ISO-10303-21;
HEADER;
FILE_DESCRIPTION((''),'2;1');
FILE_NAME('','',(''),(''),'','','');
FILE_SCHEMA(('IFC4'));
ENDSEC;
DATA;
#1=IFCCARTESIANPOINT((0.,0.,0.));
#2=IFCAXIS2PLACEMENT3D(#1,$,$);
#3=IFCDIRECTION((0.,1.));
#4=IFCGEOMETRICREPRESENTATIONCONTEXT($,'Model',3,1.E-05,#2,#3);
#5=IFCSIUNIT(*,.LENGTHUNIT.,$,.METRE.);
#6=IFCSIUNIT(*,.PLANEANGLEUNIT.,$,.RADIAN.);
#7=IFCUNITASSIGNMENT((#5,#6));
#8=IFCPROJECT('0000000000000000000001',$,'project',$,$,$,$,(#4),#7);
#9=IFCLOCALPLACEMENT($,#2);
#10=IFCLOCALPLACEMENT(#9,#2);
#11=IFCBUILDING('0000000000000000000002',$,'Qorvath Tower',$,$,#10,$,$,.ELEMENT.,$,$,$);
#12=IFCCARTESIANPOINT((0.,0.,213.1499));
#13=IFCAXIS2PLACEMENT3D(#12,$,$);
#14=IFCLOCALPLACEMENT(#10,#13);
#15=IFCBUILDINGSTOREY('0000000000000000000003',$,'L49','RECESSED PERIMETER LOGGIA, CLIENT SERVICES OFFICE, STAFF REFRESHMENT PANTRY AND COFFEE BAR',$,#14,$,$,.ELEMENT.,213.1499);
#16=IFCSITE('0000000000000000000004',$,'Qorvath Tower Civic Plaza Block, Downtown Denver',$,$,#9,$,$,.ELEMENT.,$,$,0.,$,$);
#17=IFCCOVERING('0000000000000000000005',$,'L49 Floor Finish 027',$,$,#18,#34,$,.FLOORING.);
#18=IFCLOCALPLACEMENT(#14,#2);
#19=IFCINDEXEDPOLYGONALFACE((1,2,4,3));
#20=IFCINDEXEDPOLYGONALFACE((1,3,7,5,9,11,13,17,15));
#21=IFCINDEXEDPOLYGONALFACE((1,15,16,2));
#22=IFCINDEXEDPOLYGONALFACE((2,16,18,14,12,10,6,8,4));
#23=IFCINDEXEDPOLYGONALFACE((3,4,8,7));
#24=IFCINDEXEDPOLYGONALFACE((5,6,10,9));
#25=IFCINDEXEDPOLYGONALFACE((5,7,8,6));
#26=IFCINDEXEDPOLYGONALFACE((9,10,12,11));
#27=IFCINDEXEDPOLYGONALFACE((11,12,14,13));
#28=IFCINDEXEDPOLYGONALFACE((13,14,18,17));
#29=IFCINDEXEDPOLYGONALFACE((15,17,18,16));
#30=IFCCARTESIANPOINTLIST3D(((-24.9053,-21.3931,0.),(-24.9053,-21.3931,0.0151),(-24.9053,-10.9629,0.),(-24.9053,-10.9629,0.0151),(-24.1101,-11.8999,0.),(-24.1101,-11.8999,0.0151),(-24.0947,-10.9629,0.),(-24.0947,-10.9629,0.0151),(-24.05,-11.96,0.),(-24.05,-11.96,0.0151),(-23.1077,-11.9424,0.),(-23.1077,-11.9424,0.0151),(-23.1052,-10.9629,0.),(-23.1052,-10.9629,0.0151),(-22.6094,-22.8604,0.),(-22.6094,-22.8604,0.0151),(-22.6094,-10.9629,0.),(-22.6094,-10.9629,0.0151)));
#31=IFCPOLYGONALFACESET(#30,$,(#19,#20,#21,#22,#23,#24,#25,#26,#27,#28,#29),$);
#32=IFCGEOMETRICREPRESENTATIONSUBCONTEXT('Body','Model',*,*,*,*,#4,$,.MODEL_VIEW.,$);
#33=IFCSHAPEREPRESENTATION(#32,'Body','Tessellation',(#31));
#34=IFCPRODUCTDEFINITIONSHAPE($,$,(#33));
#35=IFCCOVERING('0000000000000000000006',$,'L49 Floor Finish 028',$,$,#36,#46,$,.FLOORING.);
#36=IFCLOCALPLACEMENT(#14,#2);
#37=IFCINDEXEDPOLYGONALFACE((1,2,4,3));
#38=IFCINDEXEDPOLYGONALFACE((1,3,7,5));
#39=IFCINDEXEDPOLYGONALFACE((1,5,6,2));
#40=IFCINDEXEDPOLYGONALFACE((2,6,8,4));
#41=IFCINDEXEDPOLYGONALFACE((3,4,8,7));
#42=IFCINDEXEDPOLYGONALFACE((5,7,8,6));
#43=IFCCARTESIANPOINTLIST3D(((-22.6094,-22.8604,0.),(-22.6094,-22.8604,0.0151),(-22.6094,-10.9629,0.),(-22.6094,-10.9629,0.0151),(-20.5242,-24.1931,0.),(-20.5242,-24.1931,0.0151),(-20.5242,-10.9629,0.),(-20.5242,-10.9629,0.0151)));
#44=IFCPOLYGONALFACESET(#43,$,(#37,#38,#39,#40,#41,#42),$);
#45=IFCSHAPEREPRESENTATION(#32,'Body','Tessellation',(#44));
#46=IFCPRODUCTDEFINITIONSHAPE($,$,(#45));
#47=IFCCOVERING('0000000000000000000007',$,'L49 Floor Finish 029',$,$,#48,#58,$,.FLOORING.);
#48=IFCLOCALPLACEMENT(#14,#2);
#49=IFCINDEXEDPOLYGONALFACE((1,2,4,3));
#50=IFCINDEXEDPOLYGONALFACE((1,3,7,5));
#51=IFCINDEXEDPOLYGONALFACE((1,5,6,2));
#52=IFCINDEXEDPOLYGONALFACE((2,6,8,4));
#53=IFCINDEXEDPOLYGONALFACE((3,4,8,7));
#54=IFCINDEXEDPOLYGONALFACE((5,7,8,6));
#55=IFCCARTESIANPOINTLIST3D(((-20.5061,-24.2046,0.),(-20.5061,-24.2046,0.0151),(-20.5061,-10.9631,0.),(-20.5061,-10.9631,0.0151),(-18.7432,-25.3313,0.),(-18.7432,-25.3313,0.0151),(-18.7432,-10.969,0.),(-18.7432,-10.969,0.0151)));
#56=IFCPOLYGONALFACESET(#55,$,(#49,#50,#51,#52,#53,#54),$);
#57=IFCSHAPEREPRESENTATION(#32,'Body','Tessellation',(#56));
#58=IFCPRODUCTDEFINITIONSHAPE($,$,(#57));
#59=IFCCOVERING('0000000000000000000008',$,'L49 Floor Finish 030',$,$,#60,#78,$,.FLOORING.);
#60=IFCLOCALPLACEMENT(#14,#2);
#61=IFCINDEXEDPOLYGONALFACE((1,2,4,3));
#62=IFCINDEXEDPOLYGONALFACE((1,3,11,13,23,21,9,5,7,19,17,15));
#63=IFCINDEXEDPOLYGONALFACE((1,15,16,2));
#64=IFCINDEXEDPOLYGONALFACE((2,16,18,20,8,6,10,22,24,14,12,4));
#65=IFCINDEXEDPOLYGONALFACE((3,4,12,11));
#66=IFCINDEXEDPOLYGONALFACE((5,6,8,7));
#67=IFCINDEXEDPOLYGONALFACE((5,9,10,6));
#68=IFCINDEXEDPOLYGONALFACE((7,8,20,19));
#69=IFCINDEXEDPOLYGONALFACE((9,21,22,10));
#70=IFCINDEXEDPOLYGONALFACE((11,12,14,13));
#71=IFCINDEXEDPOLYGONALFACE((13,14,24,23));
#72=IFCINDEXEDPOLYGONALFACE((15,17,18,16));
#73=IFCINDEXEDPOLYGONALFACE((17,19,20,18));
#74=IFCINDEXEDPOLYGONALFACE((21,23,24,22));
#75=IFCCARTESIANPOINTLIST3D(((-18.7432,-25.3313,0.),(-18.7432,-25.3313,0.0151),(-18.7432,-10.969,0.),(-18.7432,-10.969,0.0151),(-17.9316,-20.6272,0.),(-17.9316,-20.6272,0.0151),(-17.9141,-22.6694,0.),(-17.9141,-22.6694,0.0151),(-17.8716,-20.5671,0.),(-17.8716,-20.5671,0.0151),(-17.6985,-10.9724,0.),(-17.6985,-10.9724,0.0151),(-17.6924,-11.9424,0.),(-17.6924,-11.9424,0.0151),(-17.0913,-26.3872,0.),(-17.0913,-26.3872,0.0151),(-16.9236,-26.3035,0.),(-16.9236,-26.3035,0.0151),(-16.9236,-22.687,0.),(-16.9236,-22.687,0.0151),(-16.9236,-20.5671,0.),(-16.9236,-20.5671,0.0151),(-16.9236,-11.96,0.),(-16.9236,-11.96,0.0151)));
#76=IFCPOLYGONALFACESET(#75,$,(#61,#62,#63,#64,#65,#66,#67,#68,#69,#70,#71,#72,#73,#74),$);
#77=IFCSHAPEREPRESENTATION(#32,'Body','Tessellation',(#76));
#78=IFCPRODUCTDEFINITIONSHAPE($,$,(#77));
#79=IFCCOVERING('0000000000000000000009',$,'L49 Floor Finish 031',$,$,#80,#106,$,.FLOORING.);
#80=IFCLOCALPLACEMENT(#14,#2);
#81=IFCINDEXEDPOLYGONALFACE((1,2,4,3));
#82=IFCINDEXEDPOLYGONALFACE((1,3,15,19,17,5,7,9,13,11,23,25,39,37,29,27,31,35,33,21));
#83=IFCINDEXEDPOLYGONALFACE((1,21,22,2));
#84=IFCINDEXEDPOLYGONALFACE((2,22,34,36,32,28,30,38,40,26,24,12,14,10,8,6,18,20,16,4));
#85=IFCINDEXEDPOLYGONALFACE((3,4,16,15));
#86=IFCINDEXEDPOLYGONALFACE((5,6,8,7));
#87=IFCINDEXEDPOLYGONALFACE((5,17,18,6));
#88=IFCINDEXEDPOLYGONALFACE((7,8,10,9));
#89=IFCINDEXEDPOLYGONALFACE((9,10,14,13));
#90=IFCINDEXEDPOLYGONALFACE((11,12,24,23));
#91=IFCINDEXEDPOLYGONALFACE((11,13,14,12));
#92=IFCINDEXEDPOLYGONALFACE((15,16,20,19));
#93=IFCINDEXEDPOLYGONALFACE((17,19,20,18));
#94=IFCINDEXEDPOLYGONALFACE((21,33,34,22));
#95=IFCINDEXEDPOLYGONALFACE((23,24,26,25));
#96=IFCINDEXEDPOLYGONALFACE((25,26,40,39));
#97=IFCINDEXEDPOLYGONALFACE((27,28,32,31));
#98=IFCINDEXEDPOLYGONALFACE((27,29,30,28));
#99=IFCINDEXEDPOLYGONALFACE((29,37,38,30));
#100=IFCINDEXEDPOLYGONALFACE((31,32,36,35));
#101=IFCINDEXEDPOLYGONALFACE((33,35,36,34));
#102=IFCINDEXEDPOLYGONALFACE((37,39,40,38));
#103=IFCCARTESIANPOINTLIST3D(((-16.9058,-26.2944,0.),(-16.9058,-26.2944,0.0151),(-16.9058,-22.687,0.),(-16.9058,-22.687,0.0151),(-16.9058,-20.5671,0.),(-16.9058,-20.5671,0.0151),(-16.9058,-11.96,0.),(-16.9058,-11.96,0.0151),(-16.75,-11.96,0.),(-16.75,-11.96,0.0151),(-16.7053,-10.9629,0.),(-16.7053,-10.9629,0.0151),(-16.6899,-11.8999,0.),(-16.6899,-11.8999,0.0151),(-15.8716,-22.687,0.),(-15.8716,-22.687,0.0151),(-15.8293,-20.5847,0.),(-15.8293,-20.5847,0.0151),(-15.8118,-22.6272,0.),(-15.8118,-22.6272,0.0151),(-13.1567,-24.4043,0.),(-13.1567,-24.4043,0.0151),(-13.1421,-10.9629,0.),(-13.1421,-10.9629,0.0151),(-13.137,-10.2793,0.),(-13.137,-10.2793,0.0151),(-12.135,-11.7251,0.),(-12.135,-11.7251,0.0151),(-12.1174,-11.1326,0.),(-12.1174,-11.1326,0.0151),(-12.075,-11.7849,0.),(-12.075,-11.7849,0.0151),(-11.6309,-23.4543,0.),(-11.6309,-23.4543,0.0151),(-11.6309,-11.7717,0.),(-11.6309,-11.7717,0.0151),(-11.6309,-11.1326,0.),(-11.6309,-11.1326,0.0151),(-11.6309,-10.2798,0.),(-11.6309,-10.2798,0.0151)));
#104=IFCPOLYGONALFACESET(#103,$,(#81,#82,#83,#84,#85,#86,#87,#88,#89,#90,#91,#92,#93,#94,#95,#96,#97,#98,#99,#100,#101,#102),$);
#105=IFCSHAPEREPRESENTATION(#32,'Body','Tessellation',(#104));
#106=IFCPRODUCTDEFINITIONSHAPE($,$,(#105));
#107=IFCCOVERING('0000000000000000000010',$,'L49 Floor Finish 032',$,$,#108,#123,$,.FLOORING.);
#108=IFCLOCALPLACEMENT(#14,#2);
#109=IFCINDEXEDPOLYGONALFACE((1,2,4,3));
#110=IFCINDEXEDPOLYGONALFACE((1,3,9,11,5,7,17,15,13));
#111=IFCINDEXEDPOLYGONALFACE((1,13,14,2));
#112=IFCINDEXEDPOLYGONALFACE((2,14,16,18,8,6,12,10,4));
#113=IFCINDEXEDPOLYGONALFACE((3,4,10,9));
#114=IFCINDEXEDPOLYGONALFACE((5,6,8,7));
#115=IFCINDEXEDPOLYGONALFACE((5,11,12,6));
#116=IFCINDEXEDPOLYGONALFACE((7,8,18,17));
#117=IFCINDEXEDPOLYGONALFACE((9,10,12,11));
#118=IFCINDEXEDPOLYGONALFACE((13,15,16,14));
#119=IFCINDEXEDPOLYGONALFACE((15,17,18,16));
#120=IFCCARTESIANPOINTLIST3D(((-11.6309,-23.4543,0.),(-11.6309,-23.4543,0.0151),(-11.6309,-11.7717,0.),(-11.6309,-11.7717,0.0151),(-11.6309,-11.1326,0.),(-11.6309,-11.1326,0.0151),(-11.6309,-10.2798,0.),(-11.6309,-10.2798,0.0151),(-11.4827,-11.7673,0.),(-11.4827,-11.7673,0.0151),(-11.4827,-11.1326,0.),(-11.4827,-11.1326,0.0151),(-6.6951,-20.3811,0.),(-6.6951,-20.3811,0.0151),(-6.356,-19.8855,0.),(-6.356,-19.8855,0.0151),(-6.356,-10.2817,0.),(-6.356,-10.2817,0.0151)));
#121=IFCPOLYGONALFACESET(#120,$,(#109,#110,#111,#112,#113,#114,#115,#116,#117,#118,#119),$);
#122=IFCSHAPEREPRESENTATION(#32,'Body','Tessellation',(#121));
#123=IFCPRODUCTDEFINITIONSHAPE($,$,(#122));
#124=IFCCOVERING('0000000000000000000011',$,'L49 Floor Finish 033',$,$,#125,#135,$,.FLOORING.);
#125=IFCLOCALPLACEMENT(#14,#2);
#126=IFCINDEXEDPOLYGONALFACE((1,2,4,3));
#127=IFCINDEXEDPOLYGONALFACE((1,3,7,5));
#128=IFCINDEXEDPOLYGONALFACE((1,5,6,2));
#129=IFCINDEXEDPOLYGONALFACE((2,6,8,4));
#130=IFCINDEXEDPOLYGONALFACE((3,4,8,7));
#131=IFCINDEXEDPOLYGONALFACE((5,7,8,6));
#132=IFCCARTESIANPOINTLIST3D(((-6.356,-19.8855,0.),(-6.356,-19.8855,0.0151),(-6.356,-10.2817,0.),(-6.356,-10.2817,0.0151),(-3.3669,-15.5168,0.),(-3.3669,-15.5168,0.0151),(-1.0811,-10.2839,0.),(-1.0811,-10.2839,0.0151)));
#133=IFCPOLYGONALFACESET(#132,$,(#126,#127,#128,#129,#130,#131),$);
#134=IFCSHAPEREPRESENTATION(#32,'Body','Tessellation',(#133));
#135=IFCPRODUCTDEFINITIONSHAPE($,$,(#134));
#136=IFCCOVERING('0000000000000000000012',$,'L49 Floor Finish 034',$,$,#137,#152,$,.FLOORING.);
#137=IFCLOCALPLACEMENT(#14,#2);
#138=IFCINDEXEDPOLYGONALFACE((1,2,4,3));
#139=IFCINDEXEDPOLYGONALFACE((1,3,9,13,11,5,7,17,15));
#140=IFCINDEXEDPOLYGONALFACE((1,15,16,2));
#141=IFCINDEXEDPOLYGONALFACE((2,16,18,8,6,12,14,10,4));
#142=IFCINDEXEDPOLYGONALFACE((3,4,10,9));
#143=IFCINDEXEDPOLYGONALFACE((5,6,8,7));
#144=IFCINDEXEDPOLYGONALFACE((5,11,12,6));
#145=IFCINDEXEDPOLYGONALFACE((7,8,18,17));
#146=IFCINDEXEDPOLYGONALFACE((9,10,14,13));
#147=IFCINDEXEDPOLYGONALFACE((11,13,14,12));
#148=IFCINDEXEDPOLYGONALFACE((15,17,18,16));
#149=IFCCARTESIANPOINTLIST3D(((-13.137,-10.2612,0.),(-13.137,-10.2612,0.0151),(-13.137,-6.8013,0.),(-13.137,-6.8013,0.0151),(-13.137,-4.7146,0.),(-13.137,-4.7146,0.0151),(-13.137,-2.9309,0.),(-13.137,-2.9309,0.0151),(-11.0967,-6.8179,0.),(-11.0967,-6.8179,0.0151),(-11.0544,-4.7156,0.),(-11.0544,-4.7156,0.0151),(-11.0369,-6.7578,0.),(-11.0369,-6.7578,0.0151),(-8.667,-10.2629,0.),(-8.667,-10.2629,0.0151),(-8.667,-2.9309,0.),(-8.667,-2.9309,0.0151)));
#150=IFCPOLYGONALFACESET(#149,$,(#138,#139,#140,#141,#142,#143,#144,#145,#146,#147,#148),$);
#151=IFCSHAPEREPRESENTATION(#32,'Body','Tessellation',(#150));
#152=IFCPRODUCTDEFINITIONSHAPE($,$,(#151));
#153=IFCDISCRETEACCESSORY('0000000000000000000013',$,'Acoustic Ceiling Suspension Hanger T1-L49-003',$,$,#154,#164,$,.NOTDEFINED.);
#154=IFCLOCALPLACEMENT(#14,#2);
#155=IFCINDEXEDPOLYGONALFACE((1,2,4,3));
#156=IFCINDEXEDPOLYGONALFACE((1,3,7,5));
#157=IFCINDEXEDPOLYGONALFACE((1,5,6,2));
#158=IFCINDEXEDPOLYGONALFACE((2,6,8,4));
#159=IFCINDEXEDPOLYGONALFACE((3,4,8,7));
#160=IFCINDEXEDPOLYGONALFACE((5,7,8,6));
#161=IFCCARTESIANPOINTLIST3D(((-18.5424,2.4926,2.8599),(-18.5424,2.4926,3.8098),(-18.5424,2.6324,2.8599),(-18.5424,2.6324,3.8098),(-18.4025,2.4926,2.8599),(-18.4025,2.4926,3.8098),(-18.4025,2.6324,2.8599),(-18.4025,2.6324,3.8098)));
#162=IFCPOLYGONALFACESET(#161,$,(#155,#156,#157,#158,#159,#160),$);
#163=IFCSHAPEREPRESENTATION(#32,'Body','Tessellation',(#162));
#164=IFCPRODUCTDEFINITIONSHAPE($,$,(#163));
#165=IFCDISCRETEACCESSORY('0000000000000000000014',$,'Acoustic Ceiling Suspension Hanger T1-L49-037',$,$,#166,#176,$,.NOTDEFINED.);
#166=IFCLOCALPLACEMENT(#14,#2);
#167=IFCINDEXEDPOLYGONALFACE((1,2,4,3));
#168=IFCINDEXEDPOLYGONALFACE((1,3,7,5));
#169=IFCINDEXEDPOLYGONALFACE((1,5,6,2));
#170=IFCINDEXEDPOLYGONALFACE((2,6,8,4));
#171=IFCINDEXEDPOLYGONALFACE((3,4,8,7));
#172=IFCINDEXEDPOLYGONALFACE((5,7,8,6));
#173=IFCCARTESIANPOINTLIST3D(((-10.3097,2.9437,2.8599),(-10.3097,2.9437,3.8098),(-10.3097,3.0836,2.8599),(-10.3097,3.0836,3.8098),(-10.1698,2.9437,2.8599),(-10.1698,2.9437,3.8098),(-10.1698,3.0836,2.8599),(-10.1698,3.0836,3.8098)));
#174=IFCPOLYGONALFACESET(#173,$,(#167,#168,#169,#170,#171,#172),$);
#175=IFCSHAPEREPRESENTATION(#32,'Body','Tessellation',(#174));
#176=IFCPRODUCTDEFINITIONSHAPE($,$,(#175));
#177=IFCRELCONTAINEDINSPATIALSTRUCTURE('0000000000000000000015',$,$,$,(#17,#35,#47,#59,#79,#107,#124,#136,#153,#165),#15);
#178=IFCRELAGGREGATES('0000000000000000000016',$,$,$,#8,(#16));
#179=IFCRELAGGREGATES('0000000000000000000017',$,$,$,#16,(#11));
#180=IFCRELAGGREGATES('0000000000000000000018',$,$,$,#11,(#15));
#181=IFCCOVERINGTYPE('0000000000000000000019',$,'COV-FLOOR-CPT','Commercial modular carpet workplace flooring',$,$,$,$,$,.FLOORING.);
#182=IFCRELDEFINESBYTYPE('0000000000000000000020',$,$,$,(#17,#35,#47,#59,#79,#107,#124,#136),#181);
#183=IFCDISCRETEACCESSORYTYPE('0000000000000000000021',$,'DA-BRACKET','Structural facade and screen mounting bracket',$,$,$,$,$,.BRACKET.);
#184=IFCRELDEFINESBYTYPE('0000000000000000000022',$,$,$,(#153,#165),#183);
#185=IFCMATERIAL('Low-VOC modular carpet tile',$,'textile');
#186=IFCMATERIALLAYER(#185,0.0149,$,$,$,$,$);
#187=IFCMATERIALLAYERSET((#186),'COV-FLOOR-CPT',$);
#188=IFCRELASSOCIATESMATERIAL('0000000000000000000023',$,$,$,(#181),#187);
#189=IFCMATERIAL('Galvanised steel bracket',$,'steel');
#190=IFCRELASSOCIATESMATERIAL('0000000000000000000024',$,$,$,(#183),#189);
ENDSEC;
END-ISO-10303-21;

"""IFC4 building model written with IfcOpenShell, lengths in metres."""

from ifc_helpers import new_model, si_unit, direction, frame, origin, origin_2d, place, context, subcontext, project, spatial, polyline, rectangle, outline, extrude, material, layer, layer_set, type_object, element, save


model = new_model("IFC4")

# Units and contexts
model_context = context("Model", 3, precision=1e-05, world=origin(), true_north=direction((0.0, 1.0)))
body_context = subcontext(model_context, "Body", "Model", "MODEL_VIEW")
ifc_project = project(units=[si_unit("LENGTHUNIT", "METRE"), si_unit("PLANEANGLEUNIT", "RADIAN")], contexts=[model_context])

# Site, building, storey
site_placement = place(None, origin())
site = spatial("IfcSite", under=ifc_project, at=site_placement, Name="Qorvath Tower Civic Plaza Block, Downtown Denver", CompositionType="ELEMENT", RefElevation=0.0)
building_placement = place(site_placement, origin())
building = spatial("IfcBuilding", under=site, at=building_placement, Name="Qorvath Tower", CompositionType="ELEMENT")
storey_placement = place(building_placement, frame((0.0, 0.0, 213.1499)))
storey = spatial("IfcBuildingStorey", under=building, at=storey_placement, Name="L49", Description="RECESSED PERIMETER LOGGIA, CLIENT SERVICES OFFICE, STAFF REFRESHMENT PANTRY AND COFFEE BAR", CompositionType="ELEMENT", Elevation=213.1499)

# Coverings
ifc_material_1 = material(Name="Low-VOC modular carpet tile", Category="textile")
ifc_layer_1 = layer(ifc_material_1, 0.0149)
ifc_layer_set_1 = layer_set([ifc_layer_1], Name="COV-FLOOR-CPT")
covering_type_1 = type_object("IfcCoveringType", Name="COV-FLOOR-CPT", Description="Commercial modular carpet workplace flooring", PredefinedType="FLOORING", material=ifc_layer_set_1)
covering_1_placement = place(storey_placement, origin())
element("IfcCovering", 1, at=covering_1_placement, inside=storey, type_object=covering_type_1, Name="L49 Floor Finish 027", PredefinedType="FLOORING", context=body_context, shape_type="SweptSolid", body=[
    extrude(outline(polyline([(-24.9053, -10.9629), (-24.9053, -21.3931), (-22.6094, -22.8604), (-22.6094, -10.9629), (-23.1052, -10.9629), (-23.1077, -11.9424), (-24.05, -11.96), (-24.1101, -11.8999), (-24.0947, -10.9629), (-24.9053, -10.9629)])), origin(), (0.0, 0.0, 1.0), 0.0151),
])
covering_2_placement = place(storey_placement, origin())
element("IfcCovering", 2, at=covering_2_placement, inside=storey, type_object=covering_type_1, Name="L49 Floor Finish 028", PredefinedType="FLOORING", context=body_context, shape_type="SweptSolid", body=[
    extrude(outline(polyline([(-22.6094, -10.9629), (-22.6094, -22.8604), (-20.5242, -24.1931), (-20.5242, -10.9629), (-22.6094, -10.9629)])), origin(), (0.0, 0.0, 1.0), 0.0151),
])
covering_3_placement = place(storey_placement, origin())
element("IfcCovering", 3, at=covering_3_placement, inside=storey, type_object=covering_type_1, Name="L49 Floor Finish 029", PredefinedType="FLOORING", context=body_context, shape_type="SweptSolid", body=[
    extrude(outline(polyline([(-18.7432, -25.3313), (-18.7432, -10.969), (-20.5061, -10.9631), (-20.5061, -24.2046), (-18.7432, -25.3313)])), origin(), (0.0, 0.0, 1.0), 0.0151),
])
covering_4_placement = place(storey_placement, origin())
element("IfcCovering", 4, at=covering_4_placement, inside=storey, type_object=covering_type_1, Name="L49 Floor Finish 030", PredefinedType="FLOORING", context=body_context, shape_type="SweptSolid", body=[
    extrude(outline(polyline([(-17.8716, -20.5671), (-16.9236, -20.5671), (-16.9236, -11.96), (-17.6924, -11.9424), (-17.6985, -10.9724), (-18.7432, -10.969), (-18.7432, -25.3313), (-17.0913, -26.3872), (-16.9236, -26.3035), (-16.9236, -22.687), (-17.9141, -22.6694), (-17.9316, -20.6272), (-17.8716, -20.5671)])), origin(), (0.0, 0.0, 1.0), 0.0151),
])
covering_5_placement = place(storey_placement, origin())
element("IfcCovering", 5, at=covering_5_placement, inside=storey, type_object=covering_type_1, Name="L49 Floor Finish 031", PredefinedType="FLOORING", context=body_context, shape_type="SweptSolid", body=[
    extrude(outline(polyline([(-16.9058, -22.687), (-16.9058, -26.2944), (-13.1567, -24.4043), (-11.6309, -23.4543), (-11.6309, -11.7717), (-12.075, -11.7849), (-12.135, -11.7251), (-12.1174, -11.1326), (-11.6309, -11.1326), (-11.6309, -10.2798), (-13.137, -10.2793), (-13.1421, -10.9629), (-16.7053, -10.9629), (-16.6899, -11.8999), (-16.75, -11.96), (-16.9058, -11.96), (-16.9058, -20.5671), (-15.8293, -20.5847), (-15.8118, -22.6272), (-15.8716, -22.687), (-16.9058, -22.687)])), origin(), (0.0, 0.0, 1.0), 0.0151),
])
covering_6_placement = place(storey_placement, origin())
element("IfcCovering", 6, at=covering_6_placement, inside=storey, type_object=covering_type_1, Name="L49 Floor Finish 032", PredefinedType="FLOORING", context=body_context, shape_type="SweptSolid", body=[
    extrude(outline(polyline([(-11.6309, -10.2798), (-11.6309, -11.1326), (-11.4827, -11.1326), (-11.4827, -11.7673), (-11.6309, -11.7717), (-11.6309, -23.4543), (-6.6951, -20.3811), (-6.356, -19.8855), (-6.356, -10.2817), (-11.6309, -10.2798)])), origin(), (0.0, 0.0, 1.0), 0.0151),
])
covering_7_placement = place(storey_placement, origin())
element("IfcCovering", 7, at=covering_7_placement, inside=storey, type_object=covering_type_1, Name="L49 Floor Finish 033", PredefinedType="FLOORING", context=body_context, shape_type="SweptSolid", body=[
    extrude(outline(polyline([(-6.356, -10.2817), (-6.356, -19.8855), (-3.3669, -15.5168), (-1.0811, -10.2839), (-6.356, -10.2817)])), origin(), (0.0, 0.0, 1.0), 0.0151),
])
covering_8_placement = place(storey_placement, origin())
element("IfcCovering", 8, at=covering_8_placement, inside=storey, type_object=covering_type_1, Name="L49 Floor Finish 034", PredefinedType="FLOORING", context=body_context, shape_type="SweptSolid", body=[
    extrude(outline(polyline([(-8.667, -10.2629), (-8.667, -2.9309), (-13.137, -2.9309), (-13.137, -4.7146), (-11.0544, -4.7156), (-11.0369, -6.7578), (-11.0967, -6.8179), (-13.137, -6.8013), (-13.137, -10.2612), (-8.667, -10.2629)])), origin(), (0.0, 0.0, 1.0), 0.0151),
])

# Discrete accessories
ifc_material_2 = material(Name="Galvanised steel bracket", Category="steel")
discrete_accessory_type = type_object("IfcDiscreteAccessoryType", Name="DA-BRACKET", Description="Structural facade and screen mounting bracket", PredefinedType="BRACKET", material=ifc_material_2)
for number, where, z_axis, x_axis, name in (
    (9, (-18.4724, 2.5625, 2.8599), (0.0, 0.0, 1.0), (1.0, 0.0, 0.0), "Acoustic Ceiling Suspension Hanger T1-L49-003"),
    (10, (-10.2397, 3.0137, 2.8599), (0.0, 0.0, 1.0), (1.0, 0.0, 0.0), "Acoustic Ceiling Suspension Hanger T1-L49-037"),
):
    element("IfcDiscreteAccessory", number, at=place(storey_placement, frame(where, z_axis=z_axis, x_axis=x_axis)), inside=storey, type_object=discrete_accessory_type, Name=name, PredefinedType="NOTDEFINED", context=body_context, shape_type="SweptSolid", body=[
        extrude(rectangle(XDim=0.1399, YDim=0.1399, at=origin_2d()), origin(), (0.0, 0.0, 1.0), 0.95),
    ])

save(model, "model.ifc")
